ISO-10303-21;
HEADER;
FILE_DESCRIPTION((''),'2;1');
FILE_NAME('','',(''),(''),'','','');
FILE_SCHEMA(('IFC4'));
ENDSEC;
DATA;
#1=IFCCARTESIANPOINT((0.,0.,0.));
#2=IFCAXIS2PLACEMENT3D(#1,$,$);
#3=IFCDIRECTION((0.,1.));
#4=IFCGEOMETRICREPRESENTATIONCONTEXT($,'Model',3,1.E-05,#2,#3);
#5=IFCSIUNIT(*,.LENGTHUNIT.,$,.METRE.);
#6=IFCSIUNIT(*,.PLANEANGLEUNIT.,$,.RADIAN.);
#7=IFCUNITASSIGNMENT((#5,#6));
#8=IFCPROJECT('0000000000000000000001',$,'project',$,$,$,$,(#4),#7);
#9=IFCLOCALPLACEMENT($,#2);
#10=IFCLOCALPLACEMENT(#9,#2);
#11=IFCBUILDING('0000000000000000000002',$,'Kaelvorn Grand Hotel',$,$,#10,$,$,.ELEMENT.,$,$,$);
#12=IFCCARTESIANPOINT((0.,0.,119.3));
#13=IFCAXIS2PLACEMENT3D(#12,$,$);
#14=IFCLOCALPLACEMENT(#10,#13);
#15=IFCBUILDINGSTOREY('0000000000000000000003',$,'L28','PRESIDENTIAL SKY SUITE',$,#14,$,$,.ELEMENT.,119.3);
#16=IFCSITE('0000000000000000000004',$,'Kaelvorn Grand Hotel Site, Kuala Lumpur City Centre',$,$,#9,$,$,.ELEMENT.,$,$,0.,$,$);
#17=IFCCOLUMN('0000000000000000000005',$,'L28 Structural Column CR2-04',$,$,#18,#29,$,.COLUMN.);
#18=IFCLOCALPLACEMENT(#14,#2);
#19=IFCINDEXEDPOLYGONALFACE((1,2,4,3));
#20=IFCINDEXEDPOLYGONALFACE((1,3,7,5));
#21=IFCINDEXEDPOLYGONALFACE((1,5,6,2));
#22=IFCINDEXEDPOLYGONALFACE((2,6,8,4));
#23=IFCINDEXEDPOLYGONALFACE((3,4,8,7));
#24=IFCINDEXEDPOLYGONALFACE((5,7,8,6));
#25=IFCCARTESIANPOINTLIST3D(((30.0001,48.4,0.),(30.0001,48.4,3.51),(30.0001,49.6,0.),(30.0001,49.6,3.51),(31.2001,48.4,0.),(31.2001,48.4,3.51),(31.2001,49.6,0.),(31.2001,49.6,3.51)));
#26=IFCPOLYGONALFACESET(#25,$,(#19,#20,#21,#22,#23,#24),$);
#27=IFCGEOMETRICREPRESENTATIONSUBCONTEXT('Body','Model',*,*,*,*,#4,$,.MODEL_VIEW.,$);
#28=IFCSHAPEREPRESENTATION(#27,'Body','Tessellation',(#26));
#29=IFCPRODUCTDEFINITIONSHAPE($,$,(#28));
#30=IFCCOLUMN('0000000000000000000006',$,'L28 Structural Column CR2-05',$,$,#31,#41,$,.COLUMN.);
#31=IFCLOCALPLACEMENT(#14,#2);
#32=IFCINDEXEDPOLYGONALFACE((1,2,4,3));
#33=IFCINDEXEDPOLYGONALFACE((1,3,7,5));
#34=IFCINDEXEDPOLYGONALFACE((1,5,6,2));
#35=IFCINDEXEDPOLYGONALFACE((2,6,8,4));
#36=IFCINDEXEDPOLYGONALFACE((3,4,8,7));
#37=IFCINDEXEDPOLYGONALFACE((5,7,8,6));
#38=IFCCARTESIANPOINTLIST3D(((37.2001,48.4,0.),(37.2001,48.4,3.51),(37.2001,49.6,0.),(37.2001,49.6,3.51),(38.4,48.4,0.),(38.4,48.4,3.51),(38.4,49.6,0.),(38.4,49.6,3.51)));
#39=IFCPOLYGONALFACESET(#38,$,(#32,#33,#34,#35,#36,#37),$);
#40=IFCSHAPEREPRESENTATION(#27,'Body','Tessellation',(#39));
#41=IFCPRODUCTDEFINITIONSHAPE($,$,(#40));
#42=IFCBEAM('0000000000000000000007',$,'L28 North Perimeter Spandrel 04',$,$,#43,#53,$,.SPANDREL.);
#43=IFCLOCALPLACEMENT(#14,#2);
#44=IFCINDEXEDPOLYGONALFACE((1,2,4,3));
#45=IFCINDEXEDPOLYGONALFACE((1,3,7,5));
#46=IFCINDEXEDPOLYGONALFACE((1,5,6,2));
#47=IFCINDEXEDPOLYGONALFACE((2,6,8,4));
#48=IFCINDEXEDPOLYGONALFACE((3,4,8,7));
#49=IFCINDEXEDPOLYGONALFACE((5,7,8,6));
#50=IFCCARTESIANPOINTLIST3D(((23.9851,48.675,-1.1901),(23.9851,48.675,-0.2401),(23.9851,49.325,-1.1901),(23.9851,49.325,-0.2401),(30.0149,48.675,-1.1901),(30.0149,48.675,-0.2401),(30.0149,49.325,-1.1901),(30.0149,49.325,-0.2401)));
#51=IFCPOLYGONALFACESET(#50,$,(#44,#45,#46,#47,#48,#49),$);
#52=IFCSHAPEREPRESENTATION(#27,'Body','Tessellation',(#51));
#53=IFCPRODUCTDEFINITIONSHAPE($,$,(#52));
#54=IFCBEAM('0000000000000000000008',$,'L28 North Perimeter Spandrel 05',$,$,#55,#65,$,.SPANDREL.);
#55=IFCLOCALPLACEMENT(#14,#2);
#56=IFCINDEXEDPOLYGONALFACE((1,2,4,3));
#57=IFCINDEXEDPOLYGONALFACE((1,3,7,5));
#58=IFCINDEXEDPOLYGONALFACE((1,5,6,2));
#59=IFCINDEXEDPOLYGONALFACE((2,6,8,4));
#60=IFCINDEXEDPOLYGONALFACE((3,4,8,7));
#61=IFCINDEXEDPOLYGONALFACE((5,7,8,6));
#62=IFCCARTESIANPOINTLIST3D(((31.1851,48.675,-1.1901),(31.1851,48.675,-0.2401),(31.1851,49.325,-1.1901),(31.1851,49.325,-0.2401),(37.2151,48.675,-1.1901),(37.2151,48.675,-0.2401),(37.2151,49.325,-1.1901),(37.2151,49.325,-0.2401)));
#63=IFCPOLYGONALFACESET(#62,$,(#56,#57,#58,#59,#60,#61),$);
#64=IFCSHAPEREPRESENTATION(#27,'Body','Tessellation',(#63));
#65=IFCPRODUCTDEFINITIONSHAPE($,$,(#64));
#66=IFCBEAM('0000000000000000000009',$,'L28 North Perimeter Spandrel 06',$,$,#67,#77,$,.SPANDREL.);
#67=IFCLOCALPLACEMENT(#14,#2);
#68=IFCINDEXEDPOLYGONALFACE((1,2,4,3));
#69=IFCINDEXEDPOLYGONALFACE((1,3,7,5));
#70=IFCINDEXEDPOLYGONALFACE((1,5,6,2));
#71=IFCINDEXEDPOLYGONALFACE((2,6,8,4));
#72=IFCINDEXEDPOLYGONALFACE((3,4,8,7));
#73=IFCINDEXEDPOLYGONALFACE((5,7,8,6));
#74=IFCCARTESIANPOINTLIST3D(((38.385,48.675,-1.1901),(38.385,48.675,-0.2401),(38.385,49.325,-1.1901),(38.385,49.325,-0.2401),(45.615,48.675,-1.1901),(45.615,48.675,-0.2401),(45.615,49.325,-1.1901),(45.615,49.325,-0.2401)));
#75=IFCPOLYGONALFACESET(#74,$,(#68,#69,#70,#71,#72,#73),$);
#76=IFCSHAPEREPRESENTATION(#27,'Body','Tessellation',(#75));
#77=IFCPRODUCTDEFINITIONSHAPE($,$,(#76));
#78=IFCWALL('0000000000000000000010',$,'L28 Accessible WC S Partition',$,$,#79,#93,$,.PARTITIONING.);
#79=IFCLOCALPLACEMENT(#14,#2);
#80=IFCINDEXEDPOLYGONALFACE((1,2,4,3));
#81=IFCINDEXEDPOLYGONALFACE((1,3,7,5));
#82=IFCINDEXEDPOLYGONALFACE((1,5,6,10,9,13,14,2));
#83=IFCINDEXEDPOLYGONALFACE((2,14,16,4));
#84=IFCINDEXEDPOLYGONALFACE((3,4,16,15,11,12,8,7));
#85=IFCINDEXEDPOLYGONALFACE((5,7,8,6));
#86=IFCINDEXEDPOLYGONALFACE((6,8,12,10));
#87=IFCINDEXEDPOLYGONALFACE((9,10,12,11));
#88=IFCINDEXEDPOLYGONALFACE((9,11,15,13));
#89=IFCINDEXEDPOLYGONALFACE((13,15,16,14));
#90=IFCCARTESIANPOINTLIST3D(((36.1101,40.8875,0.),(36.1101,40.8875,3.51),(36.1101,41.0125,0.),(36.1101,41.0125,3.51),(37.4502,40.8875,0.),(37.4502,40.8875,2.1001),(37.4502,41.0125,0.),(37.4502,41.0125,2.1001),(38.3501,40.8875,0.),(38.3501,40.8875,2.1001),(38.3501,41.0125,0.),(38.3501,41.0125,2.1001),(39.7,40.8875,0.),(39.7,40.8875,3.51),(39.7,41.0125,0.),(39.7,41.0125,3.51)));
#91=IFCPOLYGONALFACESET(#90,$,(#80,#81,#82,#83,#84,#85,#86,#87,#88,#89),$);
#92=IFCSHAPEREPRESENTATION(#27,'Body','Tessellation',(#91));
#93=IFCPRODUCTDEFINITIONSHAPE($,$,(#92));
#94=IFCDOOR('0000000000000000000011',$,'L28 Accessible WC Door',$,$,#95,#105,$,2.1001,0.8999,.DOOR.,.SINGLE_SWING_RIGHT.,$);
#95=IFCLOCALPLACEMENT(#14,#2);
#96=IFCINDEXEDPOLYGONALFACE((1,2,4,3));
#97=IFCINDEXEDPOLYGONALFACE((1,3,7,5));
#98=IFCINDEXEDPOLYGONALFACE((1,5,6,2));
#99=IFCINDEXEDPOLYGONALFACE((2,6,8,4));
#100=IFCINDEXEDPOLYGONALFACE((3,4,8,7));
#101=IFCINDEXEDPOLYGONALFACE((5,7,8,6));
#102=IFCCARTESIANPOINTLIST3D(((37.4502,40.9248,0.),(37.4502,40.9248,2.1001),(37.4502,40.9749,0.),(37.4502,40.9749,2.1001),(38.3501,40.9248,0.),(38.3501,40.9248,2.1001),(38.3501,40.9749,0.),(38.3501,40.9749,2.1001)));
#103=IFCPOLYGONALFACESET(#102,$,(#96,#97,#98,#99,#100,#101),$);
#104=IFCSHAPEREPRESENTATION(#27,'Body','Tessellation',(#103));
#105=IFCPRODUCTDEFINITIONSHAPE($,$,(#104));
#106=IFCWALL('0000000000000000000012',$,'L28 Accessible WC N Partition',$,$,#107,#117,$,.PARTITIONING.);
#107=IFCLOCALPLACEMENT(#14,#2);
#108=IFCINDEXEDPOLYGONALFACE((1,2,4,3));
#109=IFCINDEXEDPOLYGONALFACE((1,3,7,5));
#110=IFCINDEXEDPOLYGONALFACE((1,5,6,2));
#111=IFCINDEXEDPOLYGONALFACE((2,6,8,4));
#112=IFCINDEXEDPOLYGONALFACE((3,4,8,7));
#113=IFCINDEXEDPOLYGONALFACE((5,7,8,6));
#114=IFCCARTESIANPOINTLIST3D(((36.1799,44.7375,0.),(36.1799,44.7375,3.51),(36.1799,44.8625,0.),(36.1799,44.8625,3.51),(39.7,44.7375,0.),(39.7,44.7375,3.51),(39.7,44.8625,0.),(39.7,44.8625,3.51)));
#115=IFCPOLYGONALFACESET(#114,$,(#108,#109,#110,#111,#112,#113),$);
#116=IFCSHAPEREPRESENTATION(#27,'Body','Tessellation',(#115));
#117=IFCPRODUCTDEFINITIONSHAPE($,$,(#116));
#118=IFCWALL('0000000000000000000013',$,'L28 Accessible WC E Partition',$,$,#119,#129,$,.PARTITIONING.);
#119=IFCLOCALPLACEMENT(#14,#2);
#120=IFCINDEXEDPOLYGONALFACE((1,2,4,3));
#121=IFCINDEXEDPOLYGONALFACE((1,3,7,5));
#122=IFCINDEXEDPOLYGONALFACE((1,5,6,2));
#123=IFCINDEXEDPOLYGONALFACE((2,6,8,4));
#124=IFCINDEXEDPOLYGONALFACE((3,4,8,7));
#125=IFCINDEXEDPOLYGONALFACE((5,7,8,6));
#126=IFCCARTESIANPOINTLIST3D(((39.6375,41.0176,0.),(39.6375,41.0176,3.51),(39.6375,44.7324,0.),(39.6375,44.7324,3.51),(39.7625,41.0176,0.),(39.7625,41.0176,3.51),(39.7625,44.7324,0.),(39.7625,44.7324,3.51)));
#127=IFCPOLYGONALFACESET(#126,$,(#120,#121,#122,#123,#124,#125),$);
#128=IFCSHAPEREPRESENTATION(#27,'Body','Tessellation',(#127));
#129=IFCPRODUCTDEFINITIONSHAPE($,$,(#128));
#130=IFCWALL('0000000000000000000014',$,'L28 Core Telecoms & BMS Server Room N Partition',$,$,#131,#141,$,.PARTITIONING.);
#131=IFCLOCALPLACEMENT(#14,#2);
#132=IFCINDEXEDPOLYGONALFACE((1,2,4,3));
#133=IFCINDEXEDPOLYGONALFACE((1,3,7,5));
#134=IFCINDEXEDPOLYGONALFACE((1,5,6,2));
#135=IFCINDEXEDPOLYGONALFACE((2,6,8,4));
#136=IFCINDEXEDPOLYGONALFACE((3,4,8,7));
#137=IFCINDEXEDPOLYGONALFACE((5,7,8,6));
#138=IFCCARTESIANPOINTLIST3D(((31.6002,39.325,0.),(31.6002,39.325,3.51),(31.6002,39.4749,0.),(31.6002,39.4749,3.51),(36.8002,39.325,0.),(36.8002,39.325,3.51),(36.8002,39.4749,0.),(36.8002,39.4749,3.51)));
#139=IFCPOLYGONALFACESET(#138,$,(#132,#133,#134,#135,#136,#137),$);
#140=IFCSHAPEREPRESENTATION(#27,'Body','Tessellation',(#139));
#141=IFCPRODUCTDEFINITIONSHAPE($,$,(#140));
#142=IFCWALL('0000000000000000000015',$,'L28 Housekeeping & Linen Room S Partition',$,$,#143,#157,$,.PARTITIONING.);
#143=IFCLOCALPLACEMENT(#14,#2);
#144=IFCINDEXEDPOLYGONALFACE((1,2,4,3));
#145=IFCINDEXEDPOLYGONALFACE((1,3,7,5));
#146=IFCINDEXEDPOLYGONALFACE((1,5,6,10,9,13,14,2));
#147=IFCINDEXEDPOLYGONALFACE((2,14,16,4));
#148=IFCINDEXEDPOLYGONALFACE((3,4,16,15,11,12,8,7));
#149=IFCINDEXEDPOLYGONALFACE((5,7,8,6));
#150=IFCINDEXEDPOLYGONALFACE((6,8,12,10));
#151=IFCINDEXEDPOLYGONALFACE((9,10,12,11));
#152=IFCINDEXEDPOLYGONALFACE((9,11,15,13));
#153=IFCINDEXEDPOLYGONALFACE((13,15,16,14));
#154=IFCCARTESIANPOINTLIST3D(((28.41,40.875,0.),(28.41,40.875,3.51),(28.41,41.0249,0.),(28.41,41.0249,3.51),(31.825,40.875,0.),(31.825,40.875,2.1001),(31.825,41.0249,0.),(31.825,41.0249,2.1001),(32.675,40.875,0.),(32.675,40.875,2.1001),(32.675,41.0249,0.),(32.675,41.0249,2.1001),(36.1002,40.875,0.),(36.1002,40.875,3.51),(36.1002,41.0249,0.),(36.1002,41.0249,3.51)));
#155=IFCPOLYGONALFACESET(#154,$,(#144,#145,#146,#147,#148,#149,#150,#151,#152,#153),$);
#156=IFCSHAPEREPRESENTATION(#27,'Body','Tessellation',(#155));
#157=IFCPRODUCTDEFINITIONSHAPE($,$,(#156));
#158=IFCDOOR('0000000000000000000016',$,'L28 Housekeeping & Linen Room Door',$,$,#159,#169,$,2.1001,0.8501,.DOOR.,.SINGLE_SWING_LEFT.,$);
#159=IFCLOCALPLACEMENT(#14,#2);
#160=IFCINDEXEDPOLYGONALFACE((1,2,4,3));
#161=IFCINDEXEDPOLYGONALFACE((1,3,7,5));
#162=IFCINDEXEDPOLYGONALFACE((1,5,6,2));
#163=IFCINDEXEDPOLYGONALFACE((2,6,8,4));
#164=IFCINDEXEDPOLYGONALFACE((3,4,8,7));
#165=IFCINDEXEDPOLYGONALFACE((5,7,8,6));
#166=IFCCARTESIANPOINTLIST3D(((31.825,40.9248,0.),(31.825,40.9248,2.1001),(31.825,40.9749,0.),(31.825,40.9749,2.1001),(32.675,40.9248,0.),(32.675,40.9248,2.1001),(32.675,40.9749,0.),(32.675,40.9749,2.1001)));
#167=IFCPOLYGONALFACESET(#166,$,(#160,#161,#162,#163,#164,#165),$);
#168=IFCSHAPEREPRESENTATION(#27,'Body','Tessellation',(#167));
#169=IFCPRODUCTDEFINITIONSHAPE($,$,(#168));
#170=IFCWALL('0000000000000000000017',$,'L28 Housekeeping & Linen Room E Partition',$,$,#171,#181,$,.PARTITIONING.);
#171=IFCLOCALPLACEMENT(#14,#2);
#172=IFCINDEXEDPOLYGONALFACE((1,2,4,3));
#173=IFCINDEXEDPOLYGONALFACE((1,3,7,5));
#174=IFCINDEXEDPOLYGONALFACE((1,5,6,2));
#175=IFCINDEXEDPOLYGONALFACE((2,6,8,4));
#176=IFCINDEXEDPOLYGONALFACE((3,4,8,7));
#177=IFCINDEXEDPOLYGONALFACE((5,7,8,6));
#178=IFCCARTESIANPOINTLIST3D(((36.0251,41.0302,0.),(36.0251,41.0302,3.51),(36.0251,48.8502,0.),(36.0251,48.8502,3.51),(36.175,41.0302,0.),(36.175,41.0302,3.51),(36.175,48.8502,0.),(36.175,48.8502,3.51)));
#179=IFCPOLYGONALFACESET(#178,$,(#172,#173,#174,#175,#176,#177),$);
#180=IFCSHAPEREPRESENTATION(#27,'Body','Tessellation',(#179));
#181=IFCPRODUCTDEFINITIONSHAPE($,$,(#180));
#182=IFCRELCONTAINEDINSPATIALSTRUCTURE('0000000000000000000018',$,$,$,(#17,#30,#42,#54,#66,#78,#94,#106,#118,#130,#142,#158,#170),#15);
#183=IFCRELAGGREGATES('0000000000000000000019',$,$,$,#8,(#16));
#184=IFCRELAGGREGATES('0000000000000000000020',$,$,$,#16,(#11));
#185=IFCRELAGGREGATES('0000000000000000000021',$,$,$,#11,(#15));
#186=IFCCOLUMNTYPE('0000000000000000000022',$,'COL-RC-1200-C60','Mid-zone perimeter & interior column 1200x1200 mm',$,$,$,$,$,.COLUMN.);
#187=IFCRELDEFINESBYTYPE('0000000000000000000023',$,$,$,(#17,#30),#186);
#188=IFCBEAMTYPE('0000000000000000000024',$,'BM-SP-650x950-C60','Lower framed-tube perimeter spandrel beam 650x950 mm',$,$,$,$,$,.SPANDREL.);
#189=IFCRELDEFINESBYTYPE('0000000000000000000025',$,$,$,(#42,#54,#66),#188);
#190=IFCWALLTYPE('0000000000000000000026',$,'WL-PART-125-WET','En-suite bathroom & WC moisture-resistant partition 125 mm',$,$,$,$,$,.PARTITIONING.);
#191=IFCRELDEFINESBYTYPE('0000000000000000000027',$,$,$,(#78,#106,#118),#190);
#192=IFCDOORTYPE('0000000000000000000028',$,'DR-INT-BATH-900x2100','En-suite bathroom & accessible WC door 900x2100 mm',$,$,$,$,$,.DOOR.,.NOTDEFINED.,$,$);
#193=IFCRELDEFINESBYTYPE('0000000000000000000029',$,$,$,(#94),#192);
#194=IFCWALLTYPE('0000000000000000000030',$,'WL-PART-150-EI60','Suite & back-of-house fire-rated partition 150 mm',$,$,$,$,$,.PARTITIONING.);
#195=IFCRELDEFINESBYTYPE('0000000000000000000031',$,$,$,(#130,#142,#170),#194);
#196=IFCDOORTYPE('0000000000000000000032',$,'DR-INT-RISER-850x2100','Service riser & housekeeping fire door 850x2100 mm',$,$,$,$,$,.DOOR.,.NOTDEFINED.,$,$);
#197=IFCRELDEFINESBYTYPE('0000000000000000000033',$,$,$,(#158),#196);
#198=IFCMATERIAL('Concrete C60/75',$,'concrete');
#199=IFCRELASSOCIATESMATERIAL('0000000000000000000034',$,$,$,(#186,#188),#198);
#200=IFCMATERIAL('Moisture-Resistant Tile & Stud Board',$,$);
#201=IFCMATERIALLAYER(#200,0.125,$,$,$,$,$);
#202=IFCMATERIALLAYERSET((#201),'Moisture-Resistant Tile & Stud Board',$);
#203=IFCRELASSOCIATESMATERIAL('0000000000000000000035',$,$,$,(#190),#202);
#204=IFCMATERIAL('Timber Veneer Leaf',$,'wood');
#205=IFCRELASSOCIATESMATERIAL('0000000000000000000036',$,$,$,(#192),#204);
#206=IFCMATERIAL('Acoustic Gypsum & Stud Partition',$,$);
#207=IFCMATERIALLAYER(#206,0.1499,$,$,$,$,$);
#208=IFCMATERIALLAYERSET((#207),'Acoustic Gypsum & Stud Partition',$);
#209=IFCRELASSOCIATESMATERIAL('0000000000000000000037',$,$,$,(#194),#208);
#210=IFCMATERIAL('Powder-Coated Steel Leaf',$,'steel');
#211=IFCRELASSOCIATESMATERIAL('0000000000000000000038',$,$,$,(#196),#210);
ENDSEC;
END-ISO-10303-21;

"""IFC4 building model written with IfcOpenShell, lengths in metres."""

from ifc_helpers import new_model, si_unit, direction, frame, frame_2d, origin, origin_2d, place, context, subcontext, project, spatial, rectangle, extrude, material, layer, layer_set, material_profile, profile_set, type_object, element, fill, save


model = new_model("IFC4")

# Units and contexts
model_context = context("Model", 3, precision=1e-05, world=origin(), true_north=direction((0.0, 1.0)))
body_context = subcontext(model_context, "Body", "Model", "MODEL_VIEW")
ifc_project = project(units=[si_unit("LENGTHUNIT", "METRE"), si_unit("PLANEANGLEUNIT", "RADIAN")], contexts=[model_context])

# Site, building, storey
site_placement = place(None, origin())
site = spatial("IfcSite", under=ifc_project, at=site_placement, Name="Kaelvorn Grand Hotel Site, Kuala Lumpur City Centre", CompositionType="ELEMENT", RefElevation=0.0)
building_placement = place(site_placement, origin())
building = spatial("IfcBuilding", under=site, at=building_placement, Name="Kaelvorn Grand Hotel", CompositionType="ELEMENT")
storey_placement = place(building_placement, frame((0.0, 0.0, 119.3)))
storey = spatial("IfcBuildingStorey", under=building, at=storey_placement, Name="L28", Description="PRESIDENTIAL SKY SUITE", CompositionType="ELEMENT", Elevation=119.3)

# Columns
ifc_material_1 = material(Name="Concrete C60/75", Category="concrete")
ifc_material_profile_1 = material_profile(ifc_material_1, rectangle(XDim=1.2, YDim=1.2, at=origin_2d()), Name="RC COL 1200x1200")
ifc_profile_set_1 = profile_set([ifc_material_profile_1], Name="Concrete C60/75")
column_type = type_object("IfcColumnType", Name="COL-RC-1200-C60", Description="Mid-zone perimeter & interior column 1200x1200 mm", PredefinedType="COLUMN", material=ifc_profile_set_1)
for number, where, z_axis, x_axis, name in (
    (1, (30.6001, 49.0, 0.0), (0.0, 0.0, 1.0), (1.0, 0.0, 0.0), "L28 Structural Column CR2-04"),
    (2, (37.8, 49.0, 0.0), (0.0, 0.0, 1.0), (1.0, 0.0, 0.0), "L28 Structural Column CR2-05"),
):
    element("IfcColumn", number, at=place(storey_placement, frame(where, z_axis=z_axis, x_axis=x_axis)), inside=storey, type_object=column_type, Name=name, PredefinedType="COLUMN", context=body_context, shape_type="SweptSolid", body=[
        extrude(rectangle(XDim=1.2, YDim=1.2, at=origin_2d()), origin(), (0.0, 0.0, 1.0), 3.51),
    ])

# Beams
ifc_material_profile_2 = material_profile(ifc_material_1, rectangle(XDim=0.6499, YDim=0.95, at=origin_2d()), Name="RC SPANDREL 650x950")
ifc_profile_set_2 = profile_set([ifc_material_profile_2], Name="Concrete C60/75")
beam_type = type_object("IfcBeamType", Name="BM-SP-650x950-C60", Description="Lower framed-tube perimeter spandrel beam 650x950 mm", PredefinedType="SPANDREL", material=ifc_profile_set_2)
beam_1_placement = place(storey_placement, frame((23.9851, 49.0, -0.7151), z_axis=(1.0, 0.0, 0.0), x_axis=(0.0, 1.0, 0.0)))
element("IfcBeam", 3, at=beam_1_placement, inside=storey, type_object=beam_type, Name="L28 North Perimeter Spandrel 04", PredefinedType="SPANDREL", context=body_context, shape_type="SweptSolid", body=[
    extrude(rectangle(XDim=0.6499, YDim=0.95, at=origin_2d()), origin(), (0.0, 0.0, 1.0), 6.0298),
])
beam_2_placement = place(storey_placement, frame((31.1851, 49.0, -0.7151), z_axis=(1.0, 0.0, 0.0), x_axis=(0.0, 1.0, 0.0)))
element("IfcBeam", 4, at=beam_2_placement, inside=storey, type_object=beam_type, Name="L28 North Perimeter Spandrel 05", PredefinedType="SPANDREL", context=body_context, shape_type="SweptSolid", body=[
    extrude(rectangle(XDim=0.6499, YDim=0.95, at=origin_2d()), origin(), (0.0, 0.0, 1.0), 6.03),
])
beam_3_placement = place(storey_placement, frame((38.385, 49.0, -0.7151), z_axis=(1.0, 0.0, 0.0), x_axis=(0.0, 1.0, 0.0)))
element("IfcBeam", 5, at=beam_3_placement, inside=storey, type_object=beam_type, Name="L28 North Perimeter Spandrel 06", PredefinedType="SPANDREL", context=body_context, shape_type="SweptSolid", body=[
    extrude(rectangle(XDim=0.6499, YDim=0.95, at=origin_2d()), origin(), (0.0, 0.0, 1.0), 7.23),
])

# Wall, opening, door
ifc_material_2 = material(Name="Moisture-Resistant Tile & Stud Board")
ifc_layer_1 = layer(ifc_material_2, 0.125)
ifc_layer_set_1 = layer_set([ifc_layer_1], Name="Moisture-Resistant Tile & Stud Board")
wall_type_1 = type_object("IfcWallType", Name="WL-PART-125-WET", Description="En-suite bathroom & WC moisture-resistant partition 125 mm", PredefinedType="PARTITIONING", material=ifc_layer_set_1)
wall_1_placement = place(storey_placement, frame((36.1101, 40.95, 0.0), z_axis=(0.0, 0.0, 1.0), x_axis=(1.0, 0.0, 0.0)))
wall_1 = element("IfcWall", 6, at=wall_1_placement, inside=storey, type_object=wall_type_1, Name="L28 Accessible WC S Partition", PredefinedType="PARTITIONING", context=body_context, shape_type="SweptSolid", body=[
    extrude(rectangle(XDim=3.5898, YDim=0.125, at=frame_2d((1.7949, 0.0))), origin(), (0.0, 0.0, 1.0), 3.51),
])
opening_1_placement = place(wall_1_placement, frame((1.3401, 0.0, 0.0)))
opening_1 = element("IfcOpeningElement", 7, at=opening_1_placement, cuts=wall_1, PredefinedType="OPENING", context=body_context, shape_type="SweptSolid", body=[
    extrude(rectangle(XDim=0.8999, YDim=2.1001, at=frame_2d((0.45, 1.05))), frame((0.0, 0.0725, 0.0), z_axis=(0.0, -1.0, 0.0), x_axis=(1.0, 0.0, 0.0)), (0.0, 0.0, 1.0), 0.145),
])
ifc_material_3 = material(Name="Timber Veneer Leaf", Category="wood")
door_type_1 = type_object("IfcDoorType", Name="DR-INT-BATH-900x2100", Description="En-suite bathroom & accessible WC door 900x2100 mm", OperationType="NOTDEFINED", PredefinedType="DOOR", material=ifc_material_3)
door_1_placement = place(opening_1_placement, origin())
door_1 = element("IfcDoor", 8, at=door_1_placement, inside=storey, type_object=door_type_1, Name="L28 Accessible WC Door", OperationType="SINGLE_SWING_RIGHT", OverallHeight=2.1001, OverallWidth=0.8999, PredefinedType="DOOR", context=body_context, shape_type="SweptSolid", body=[
    extrude(rectangle(XDim=0.8999, YDim=2.1001, at=frame_2d((0.45, 1.05))), frame((0.0, 0.0249, 0.0), z_axis=(0.0, -1.0, 0.0), x_axis=(1.0, 0.0, 0.0)), (0.0, 0.0, 1.0), 0.05),
])
fill(opening_1, door_1)

# Walls
wall_2_placement = place(storey_placement, frame((36.1799, 44.8, 0.0), z_axis=(0.0, 0.0, 1.0), x_axis=(1.0, 0.0, 0.0)))
element("IfcWall", 9, at=wall_2_placement, inside=storey, type_object=wall_type_1, Name="L28 Accessible WC N Partition", PredefinedType="PARTITIONING", context=body_context, shape_type="SweptSolid", body=[
    extrude(rectangle(XDim=3.52, YDim=0.125, at=frame_2d((1.76, 0.0))), origin(), (0.0, 0.0, 1.0), 3.51),
])
wall_3_placement = place(storey_placement, frame((39.7, 41.0176, 0.0), z_axis=(0.0, 0.0, 1.0), x_axis=(0.0, 1.0, 0.0)))
element("IfcWall", 10, at=wall_3_placement, inside=storey, type_object=wall_type_1, Name="L28 Accessible WC E Partition", PredefinedType="PARTITIONING", context=body_context, shape_type="SweptSolid", body=[
    extrude(rectangle(XDim=3.7148, YDim=0.125, at=frame_2d((1.8574, 0.0))), origin(), (0.0, 0.0, 1.0), 3.51),
])
ifc_material_4 = material(Name="Acoustic Gypsum & Stud Partition")
ifc_layer_2 = layer(ifc_material_4, 0.1499)
ifc_layer_set_2 = layer_set([ifc_layer_2], Name="Acoustic Gypsum & Stud Partition")
wall_type_2 = type_object("IfcWallType", Name="WL-PART-150-EI60", Description="Suite & back-of-house fire-rated partition 150 mm", PredefinedType="PARTITIONING", material=ifc_layer_set_2)
wall_4_placement = place(storey_placement, frame((31.6001, 39.3999, 0.0), z_axis=(0.0, 0.0, 1.0), x_axis=(1.0, 0.0, 0.0)))
element("IfcWall", 11, at=wall_4_placement, inside=storey, type_object=wall_type_2, Name="L28 Core Telecoms & BMS Server Room N Partition", PredefinedType="PARTITIONING", context=body_context, shape_type="SweptSolid", body=[
    extrude(rectangle(XDim=5.2, YDim=0.1499, at=frame_2d((2.6001, 0.0))), origin(), (0.0, 0.0, 1.0), 3.51),
])

# Wall, opening, door
wall_5_placement = place(storey_placement, frame((28.4099, 40.95, 0.0), z_axis=(0.0, 0.0, 1.0), x_axis=(1.0, 0.0, 0.0)))
wall_5 = element("IfcWall", 12, at=wall_5_placement, inside=storey, type_object=wall_type_2, Name="L28 Housekeeping & Linen Room S Partition", PredefinedType="PARTITIONING", context=body_context, shape_type="SweptSolid", body=[
    extrude(rectangle(XDim=7.6902, YDim=0.1499, at=frame_2d((3.8452, 0.0))), origin(), (0.0, 0.0, 1.0), 3.51),
])
opening_2_placement = place(wall_5_placement, frame((3.415, 0.0, 0.0)))
opening_2 = element("IfcOpeningElement", 13, at=opening_2_placement, cuts=wall_5, PredefinedType="OPENING", context=body_context, shape_type="SweptSolid", body=[
    extrude(rectangle(XDim=0.8501, YDim=2.1001, at=frame_2d((0.425, 1.05))), frame((0.0, 0.085, 0.0), z_axis=(0.0, -1.0, 0.0), x_axis=(1.0, 0.0, 0.0)), (0.0, 0.0, 1.0), 0.1699),
])
ifc_material_5 = material(Name="Powder-Coated Steel Leaf", Category="steel")
door_type_2 = type_object("IfcDoorType", Name="DR-INT-RISER-850x2100", Description="Service riser & housekeeping fire door 850x2100 mm", OperationType="NOTDEFINED", PredefinedType="DOOR", material=ifc_material_5)
door_2_placement = place(opening_2_placement, origin())
door_2 = element("IfcDoor", 14, at=door_2_placement, inside=storey, type_object=door_type_2, Name="L28 Housekeeping & Linen Room Door", OperationType="SINGLE_SWING_LEFT", OverallHeight=2.1001, OverallWidth=0.8501, PredefinedType="DOOR", context=body_context, shape_type="SweptSolid", body=[
    extrude(rectangle(XDim=0.8501, YDim=2.1001, at=frame_2d((0.425, 1.05))), frame((0.0, 0.0249, 0.0), z_axis=(0.0, -1.0, 0.0), x_axis=(1.0, 0.0, 0.0)), (0.0, 0.0, 1.0), 0.05),
])
fill(opening_2, door_2)

# Wall
wall_6_placement = place(storey_placement, frame((36.1001, 41.03, 0.0), z_axis=(0.0, 0.0, 1.0), x_axis=(0.0, 1.0, 0.0)))
element("IfcWall", 15, at=wall_6_placement, inside=storey, type_object=wall_type_2, Name="L28 Housekeeping & Linen Room E Partition", PredefinedType="PARTITIONING", context=body_context, shape_type="SweptSolid", body=[
    extrude(rectangle(XDim=7.8201, YDim=0.1499, at=frame_2d((3.9102, 0.0))), origin(), (0.0, 0.0, 1.0), 3.51),
])

save(model, "model.ifc")
